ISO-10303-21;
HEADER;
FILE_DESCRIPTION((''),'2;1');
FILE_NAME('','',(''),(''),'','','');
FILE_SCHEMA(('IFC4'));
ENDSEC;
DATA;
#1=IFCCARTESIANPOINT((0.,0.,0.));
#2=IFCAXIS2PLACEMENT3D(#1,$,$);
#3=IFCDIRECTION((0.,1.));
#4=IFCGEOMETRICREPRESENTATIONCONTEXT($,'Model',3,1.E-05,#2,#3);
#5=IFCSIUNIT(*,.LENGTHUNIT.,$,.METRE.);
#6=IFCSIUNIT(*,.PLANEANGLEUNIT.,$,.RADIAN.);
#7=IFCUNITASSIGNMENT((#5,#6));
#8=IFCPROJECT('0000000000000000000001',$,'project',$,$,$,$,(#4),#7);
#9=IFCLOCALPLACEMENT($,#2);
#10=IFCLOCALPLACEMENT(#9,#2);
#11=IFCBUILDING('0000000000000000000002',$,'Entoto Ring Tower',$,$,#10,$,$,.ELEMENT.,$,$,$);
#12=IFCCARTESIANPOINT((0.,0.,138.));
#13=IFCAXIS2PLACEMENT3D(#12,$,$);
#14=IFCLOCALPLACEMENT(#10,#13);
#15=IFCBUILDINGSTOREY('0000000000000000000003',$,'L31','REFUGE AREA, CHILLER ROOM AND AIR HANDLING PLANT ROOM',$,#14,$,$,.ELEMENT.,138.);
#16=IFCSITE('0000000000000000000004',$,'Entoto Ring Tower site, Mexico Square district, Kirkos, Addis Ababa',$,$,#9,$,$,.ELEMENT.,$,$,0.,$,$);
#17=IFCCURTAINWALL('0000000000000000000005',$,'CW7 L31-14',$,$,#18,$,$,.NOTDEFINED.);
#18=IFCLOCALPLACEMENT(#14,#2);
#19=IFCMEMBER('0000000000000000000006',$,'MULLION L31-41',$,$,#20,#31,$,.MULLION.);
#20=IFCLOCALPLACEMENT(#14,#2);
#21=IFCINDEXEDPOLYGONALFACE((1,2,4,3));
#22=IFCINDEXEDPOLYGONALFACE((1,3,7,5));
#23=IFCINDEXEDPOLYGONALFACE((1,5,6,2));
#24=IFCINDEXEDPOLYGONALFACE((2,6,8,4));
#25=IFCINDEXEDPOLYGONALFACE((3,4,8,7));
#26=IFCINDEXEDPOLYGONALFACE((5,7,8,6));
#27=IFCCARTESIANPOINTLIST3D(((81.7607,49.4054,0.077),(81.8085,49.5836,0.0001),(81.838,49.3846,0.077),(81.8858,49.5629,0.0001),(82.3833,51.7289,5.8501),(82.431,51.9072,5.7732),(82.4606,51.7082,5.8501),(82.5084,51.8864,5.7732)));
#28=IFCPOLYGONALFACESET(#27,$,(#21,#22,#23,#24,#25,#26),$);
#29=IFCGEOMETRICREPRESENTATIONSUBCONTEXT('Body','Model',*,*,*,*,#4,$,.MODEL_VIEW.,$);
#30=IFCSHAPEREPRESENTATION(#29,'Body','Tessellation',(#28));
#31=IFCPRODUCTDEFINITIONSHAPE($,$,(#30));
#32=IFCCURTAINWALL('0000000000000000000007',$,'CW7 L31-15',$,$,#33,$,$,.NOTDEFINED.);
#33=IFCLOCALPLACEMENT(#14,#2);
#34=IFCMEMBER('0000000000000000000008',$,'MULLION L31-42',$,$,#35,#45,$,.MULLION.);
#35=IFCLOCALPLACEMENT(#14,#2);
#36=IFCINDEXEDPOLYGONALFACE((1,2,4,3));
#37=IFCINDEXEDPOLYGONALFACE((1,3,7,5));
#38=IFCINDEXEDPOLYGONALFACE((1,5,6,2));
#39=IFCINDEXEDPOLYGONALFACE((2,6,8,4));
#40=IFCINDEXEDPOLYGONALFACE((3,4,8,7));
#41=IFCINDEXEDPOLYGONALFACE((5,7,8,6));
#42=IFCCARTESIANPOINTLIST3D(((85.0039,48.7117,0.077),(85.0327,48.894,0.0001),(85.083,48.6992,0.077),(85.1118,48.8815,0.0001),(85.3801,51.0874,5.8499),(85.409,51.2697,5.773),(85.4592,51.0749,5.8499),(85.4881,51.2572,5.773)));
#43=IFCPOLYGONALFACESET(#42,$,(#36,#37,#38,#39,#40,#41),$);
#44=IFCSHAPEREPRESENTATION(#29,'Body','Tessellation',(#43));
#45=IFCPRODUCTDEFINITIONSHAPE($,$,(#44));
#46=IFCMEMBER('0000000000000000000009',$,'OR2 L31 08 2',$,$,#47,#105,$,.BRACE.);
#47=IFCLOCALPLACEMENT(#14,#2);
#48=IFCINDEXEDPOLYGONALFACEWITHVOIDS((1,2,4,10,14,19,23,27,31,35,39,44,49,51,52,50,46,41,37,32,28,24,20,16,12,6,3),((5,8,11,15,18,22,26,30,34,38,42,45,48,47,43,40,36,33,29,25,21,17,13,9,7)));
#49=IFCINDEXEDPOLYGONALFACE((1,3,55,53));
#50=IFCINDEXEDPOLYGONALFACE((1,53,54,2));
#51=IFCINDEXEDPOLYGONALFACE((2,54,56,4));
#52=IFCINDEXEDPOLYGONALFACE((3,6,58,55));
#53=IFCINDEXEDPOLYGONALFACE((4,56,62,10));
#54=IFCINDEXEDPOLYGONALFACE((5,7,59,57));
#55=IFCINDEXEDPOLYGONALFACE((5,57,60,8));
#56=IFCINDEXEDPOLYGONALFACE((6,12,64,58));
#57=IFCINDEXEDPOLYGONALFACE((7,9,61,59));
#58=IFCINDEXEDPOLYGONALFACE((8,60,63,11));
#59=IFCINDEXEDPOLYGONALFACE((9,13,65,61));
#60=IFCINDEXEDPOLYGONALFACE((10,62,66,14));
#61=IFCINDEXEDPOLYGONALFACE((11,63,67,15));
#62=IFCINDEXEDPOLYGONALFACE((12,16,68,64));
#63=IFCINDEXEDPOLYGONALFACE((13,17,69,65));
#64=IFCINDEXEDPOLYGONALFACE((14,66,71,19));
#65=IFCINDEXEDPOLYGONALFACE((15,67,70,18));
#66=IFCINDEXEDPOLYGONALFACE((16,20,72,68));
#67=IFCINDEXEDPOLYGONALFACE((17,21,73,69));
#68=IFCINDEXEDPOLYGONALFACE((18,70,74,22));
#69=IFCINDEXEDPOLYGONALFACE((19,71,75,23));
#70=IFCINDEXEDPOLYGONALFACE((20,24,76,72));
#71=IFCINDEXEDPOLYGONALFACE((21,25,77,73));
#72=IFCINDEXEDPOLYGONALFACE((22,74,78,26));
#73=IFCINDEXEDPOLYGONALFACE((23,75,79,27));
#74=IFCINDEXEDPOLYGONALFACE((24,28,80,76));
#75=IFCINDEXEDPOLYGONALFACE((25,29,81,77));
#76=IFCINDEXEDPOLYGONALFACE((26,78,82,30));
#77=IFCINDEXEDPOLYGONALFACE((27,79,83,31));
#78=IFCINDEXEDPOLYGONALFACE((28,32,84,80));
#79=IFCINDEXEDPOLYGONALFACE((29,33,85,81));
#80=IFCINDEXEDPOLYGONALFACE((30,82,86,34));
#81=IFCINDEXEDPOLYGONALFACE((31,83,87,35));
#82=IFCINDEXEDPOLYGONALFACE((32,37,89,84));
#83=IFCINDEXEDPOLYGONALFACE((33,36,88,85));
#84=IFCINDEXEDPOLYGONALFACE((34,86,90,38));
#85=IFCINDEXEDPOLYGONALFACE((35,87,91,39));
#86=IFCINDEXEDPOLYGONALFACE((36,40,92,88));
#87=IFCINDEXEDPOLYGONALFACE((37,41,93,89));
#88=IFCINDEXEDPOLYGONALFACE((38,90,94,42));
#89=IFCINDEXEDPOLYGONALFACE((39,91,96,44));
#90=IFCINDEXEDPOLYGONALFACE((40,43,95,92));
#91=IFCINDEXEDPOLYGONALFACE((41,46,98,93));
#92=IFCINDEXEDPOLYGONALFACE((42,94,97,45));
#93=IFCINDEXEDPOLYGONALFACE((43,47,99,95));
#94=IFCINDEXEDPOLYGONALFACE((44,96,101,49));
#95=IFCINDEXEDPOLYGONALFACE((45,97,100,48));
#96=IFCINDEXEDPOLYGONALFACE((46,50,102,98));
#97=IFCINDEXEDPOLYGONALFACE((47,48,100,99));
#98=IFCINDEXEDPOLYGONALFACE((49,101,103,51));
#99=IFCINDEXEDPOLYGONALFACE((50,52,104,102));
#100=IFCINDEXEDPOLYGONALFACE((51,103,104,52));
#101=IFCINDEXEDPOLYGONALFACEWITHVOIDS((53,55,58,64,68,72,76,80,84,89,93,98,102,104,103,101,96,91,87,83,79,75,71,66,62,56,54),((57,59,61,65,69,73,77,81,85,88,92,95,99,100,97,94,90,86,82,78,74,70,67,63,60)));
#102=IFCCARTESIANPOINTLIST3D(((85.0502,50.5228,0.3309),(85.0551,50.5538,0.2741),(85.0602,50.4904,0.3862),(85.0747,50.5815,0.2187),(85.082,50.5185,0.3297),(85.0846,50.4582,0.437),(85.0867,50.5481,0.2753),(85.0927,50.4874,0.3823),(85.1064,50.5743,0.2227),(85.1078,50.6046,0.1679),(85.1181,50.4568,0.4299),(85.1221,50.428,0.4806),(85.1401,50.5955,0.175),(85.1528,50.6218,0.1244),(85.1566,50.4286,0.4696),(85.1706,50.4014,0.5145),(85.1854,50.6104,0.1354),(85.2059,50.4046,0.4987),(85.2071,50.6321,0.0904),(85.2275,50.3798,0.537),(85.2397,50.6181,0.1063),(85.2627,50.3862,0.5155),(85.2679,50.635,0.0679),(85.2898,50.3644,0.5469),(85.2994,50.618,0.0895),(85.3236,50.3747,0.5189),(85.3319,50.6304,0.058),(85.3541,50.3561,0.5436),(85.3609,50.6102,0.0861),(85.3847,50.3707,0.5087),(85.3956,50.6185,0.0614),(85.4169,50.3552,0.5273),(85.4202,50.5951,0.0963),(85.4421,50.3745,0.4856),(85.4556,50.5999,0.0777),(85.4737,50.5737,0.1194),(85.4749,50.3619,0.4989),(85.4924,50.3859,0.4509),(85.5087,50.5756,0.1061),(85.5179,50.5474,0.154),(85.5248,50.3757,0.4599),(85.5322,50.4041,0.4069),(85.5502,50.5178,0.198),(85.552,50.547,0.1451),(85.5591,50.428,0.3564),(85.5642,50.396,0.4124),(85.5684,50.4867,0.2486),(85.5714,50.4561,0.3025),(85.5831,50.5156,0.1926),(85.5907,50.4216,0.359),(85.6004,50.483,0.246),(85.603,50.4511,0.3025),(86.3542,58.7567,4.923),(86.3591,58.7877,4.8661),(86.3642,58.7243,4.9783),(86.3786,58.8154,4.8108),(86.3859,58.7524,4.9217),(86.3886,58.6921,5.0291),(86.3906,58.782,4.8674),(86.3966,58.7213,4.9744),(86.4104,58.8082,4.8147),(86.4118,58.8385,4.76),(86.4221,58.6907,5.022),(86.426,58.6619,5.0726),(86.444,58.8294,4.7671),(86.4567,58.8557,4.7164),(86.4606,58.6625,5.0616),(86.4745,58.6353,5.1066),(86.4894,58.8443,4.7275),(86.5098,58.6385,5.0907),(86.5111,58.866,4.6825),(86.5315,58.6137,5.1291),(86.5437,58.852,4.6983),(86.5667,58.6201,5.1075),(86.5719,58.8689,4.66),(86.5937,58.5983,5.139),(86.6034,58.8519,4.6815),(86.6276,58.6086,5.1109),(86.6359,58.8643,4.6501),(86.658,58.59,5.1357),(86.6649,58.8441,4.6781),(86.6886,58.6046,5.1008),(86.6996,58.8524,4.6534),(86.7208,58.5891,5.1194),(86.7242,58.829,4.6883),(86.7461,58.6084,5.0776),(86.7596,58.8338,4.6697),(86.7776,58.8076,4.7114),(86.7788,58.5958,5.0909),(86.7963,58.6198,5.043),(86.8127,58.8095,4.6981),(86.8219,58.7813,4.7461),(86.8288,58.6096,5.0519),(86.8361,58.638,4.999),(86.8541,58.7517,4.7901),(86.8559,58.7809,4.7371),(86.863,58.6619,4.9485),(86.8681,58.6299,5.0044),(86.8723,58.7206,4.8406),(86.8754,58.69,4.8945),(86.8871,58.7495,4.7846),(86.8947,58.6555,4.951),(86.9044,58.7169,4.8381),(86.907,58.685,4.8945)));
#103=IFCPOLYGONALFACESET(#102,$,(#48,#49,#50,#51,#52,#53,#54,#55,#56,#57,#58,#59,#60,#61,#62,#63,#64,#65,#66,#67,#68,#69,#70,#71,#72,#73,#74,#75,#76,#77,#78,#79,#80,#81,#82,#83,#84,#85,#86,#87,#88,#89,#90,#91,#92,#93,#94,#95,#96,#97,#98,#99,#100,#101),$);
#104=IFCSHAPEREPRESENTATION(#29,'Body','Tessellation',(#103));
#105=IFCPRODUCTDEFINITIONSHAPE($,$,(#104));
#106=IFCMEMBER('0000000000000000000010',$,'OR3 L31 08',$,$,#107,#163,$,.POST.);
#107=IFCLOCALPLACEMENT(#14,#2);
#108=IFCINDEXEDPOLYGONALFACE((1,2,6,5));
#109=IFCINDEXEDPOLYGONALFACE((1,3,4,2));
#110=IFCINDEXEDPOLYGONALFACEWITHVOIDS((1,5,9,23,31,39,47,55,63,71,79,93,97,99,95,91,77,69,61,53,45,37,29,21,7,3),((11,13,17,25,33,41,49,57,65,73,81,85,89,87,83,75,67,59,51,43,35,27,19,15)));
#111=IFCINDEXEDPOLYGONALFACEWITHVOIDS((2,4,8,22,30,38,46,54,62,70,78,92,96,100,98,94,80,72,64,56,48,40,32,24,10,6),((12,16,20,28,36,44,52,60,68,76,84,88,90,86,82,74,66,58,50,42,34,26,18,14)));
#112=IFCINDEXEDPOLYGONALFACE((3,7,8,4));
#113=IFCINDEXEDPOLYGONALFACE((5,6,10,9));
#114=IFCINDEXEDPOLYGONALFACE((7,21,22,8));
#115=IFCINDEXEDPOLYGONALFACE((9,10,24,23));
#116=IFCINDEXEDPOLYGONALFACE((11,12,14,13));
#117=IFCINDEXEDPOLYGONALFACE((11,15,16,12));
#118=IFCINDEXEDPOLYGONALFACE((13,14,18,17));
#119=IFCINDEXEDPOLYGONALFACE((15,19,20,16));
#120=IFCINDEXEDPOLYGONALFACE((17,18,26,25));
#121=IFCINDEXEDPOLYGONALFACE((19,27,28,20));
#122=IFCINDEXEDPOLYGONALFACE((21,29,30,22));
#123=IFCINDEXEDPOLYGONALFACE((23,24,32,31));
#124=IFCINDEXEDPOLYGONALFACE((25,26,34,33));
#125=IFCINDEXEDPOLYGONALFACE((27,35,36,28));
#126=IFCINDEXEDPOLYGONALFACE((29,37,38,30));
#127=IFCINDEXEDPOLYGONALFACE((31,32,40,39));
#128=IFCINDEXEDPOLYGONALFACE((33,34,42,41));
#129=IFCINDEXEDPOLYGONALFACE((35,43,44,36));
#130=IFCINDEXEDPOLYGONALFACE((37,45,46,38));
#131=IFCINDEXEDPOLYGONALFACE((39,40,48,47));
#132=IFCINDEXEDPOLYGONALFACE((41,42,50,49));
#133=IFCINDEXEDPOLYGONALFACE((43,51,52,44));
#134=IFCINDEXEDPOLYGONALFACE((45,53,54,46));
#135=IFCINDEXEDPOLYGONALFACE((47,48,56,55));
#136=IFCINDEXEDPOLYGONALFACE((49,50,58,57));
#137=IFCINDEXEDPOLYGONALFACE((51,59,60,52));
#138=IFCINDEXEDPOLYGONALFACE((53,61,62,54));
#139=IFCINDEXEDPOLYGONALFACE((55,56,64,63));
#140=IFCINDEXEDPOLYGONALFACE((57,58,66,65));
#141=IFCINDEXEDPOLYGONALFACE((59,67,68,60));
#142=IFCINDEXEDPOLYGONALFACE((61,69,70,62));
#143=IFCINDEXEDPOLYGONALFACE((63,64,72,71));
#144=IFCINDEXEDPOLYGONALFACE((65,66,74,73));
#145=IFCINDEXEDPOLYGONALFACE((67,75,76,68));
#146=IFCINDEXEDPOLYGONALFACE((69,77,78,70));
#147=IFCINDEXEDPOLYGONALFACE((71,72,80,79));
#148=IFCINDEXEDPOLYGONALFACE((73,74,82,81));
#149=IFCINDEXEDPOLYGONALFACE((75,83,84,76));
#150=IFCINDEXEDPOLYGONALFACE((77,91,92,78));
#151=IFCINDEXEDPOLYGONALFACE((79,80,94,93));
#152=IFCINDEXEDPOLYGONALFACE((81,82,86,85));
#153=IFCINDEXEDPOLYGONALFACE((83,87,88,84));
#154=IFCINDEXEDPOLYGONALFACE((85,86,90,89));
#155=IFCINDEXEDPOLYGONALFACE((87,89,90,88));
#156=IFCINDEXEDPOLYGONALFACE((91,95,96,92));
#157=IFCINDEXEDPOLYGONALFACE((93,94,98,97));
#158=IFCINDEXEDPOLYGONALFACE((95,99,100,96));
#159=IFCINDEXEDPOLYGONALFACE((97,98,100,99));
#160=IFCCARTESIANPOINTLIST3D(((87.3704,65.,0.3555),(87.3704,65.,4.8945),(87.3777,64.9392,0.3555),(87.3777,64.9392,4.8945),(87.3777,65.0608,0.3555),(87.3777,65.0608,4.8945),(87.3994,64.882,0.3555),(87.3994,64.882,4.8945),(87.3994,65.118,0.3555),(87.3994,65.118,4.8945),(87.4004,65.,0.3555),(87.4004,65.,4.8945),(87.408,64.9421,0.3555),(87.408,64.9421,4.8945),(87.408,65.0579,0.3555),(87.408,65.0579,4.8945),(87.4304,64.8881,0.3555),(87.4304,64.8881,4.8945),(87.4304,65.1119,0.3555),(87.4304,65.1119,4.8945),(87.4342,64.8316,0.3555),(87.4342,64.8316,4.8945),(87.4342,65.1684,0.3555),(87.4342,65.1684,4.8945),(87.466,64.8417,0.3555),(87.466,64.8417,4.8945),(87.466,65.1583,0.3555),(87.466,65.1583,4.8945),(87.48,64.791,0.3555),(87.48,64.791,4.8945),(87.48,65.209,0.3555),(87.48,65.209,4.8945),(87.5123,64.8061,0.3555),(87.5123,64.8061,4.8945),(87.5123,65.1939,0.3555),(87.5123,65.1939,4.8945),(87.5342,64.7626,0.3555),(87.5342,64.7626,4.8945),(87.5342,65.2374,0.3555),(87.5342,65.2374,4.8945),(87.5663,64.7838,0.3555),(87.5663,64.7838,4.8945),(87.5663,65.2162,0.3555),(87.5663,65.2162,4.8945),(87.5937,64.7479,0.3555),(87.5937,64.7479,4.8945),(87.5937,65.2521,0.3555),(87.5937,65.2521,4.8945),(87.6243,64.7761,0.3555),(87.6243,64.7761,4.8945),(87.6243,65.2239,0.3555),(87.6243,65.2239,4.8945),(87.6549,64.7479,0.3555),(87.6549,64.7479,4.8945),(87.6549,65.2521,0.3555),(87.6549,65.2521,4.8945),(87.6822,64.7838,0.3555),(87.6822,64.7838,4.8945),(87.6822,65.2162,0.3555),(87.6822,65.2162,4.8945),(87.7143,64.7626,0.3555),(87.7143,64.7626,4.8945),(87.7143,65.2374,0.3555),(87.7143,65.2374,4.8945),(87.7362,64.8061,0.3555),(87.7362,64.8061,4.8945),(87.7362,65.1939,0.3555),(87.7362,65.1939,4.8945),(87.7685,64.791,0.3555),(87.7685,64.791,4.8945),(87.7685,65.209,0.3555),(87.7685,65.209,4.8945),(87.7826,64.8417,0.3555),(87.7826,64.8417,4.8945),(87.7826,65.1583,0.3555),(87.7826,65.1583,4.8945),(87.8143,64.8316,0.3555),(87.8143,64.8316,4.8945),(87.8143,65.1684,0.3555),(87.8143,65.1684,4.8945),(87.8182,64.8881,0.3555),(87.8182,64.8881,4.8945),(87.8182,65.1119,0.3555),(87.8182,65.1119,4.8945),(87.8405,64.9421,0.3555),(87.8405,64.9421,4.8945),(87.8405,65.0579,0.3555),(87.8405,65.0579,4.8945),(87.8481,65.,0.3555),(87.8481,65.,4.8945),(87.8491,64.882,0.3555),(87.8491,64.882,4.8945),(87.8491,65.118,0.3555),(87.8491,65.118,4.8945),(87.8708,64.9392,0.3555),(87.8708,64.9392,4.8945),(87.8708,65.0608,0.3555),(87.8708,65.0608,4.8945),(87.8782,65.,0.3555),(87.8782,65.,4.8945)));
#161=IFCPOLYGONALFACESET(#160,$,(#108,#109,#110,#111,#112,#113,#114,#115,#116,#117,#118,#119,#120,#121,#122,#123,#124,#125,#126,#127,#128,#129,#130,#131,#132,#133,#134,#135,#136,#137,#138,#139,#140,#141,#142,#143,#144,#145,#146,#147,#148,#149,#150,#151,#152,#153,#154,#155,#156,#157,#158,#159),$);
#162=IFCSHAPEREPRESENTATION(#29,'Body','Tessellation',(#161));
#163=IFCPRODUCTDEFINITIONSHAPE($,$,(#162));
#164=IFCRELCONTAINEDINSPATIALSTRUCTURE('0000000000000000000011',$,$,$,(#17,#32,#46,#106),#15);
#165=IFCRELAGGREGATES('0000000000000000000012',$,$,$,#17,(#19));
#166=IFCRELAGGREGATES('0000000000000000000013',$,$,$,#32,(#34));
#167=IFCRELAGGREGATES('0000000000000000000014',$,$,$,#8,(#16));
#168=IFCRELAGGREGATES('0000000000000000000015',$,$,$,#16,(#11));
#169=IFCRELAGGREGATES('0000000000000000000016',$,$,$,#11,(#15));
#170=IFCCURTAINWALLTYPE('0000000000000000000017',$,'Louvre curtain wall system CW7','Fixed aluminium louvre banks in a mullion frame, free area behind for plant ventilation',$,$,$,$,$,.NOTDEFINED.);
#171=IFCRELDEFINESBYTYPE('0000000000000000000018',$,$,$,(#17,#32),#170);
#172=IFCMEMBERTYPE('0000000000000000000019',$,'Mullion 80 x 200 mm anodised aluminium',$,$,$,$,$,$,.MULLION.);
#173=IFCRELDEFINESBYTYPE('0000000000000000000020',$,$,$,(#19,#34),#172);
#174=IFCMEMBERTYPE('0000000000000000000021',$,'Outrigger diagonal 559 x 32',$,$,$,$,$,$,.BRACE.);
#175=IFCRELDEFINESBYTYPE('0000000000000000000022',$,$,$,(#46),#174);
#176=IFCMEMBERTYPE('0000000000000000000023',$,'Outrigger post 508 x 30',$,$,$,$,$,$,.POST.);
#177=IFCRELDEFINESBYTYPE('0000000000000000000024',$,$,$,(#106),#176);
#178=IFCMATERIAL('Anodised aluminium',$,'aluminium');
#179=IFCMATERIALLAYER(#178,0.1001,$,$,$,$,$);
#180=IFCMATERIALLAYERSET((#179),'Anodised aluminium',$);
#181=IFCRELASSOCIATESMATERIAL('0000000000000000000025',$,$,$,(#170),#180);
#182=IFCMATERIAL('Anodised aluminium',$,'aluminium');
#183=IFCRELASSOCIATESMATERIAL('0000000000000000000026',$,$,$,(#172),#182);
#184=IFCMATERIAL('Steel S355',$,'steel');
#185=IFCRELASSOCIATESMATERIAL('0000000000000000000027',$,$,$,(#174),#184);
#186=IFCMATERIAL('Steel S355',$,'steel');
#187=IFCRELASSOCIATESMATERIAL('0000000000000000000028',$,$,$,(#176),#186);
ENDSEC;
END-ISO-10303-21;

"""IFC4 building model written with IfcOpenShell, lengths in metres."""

from ifc_helpers import new_model, si_unit, direction, frame, origin, origin_2d, place, context, subcontext, project, spatial, rectangle, circle, hollow_circle, extrude, material, layer, layer_set, material_profile, profile_set, type_object, element, aggregate, save


model = new_model("IFC4")

# Units and contexts
model_context = context("Model", 3, precision=1e-05, world=origin(), true_north=direction((0.0, 1.0)))
body_context = subcontext(model_context, "Body", "Model", "MODEL_VIEW")
ifc_project = project(units=[si_unit("LENGTHUNIT", "METRE"), si_unit("PLANEANGLEUNIT", "RADIAN")], contexts=[model_context])

# Site, building, storey
site_placement = place(None, origin())
site = spatial("IfcSite", under=ifc_project, at=site_placement, Name="Entoto Ring Tower site, Mexico Square district, Kirkos, Addis Ababa", CompositionType="ELEMENT", RefElevation=0.0)
building_placement = place(site_placement, origin())
building = spatial("IfcBuilding", under=site, at=building_placement, Name="Entoto Ring Tower", CompositionType="ELEMENT")
storey_placement = place(building_placement, frame((0.0, 0.0, 138.0)))
storey = spatial("IfcBuildingStorey", under=building, at=storey_placement, Name="L31", Description="REFUGE AREA, CHILLER ROOM AND AIR HANDLING PLANT ROOM", CompositionType="ELEMENT", Elevation=138.0)

# Curtain wall, member
ifc_material_1 = material(Name="Anodised aluminium", Category="aluminium")
ifc_layer_1 = layer(ifc_material_1, 0.1001)
ifc_layer_set_1 = layer_set([ifc_layer_1], Name="Anodised aluminium")
curtain_wall_type = type_object("IfcCurtainWallType", Name="Louvre curtain wall system CW7", Description="Fixed aluminium louvre banks in a mullion frame, free area behind for plant ventilation", PredefinedType="NOTDEFINED", material=ifc_layer_set_1)
curtain_wall_1_placement = place(storey_placement, origin())
curtain_wall_1 = element("IfcCurtainWall", 1, at=curtain_wall_1_placement, inside=storey, type_object=curtain_wall_type, Name="CW7 L31-14", PredefinedType="NOTDEFINED")
ifc_material_2 = material(Name="Anodised aluminium", Category="aluminium")
ifc_material_profile_1 = material_profile(ifc_material_2, rectangle(XDim=0.0801, YDim=0.2, at=origin_2d()), Name="Mullion 80 x 200 mm anodised aluminium")
ifc_profile_set_1 = profile_set([ifc_material_profile_1], Name="Anodised aluminium")
member_type_1 = type_object("IfcMemberType", Name="Mullion 80 x 200 mm anodised aluminium", PredefinedType="MULLION", material=ifc_profile_set_1)
member_1_placement = place(storey_placement, frame((81.8232, 49.4841, 0.0386), z_axis=(0.099545, 0.371517, 0.923074), x_axis=(-0.965928, 0.258812, 0.0)))
member_1 = element("IfcMember", 2, at=member_1_placement, type_object=member_type_1, Name="MULLION L31-41", PredefinedType="MULLION", context=body_context, shape_type="SweptSolid", body=[
    extrude(rectangle(XDim=0.0801, YDim=0.2, at=origin_2d()), origin(), (0.0, 0.0, 1.0), 6.2542),
])
aggregate(curtain_wall_1, [member_1])

# Curtain wall, member
curtain_wall_2_placement = place(storey_placement, origin())
curtain_wall_2 = element("IfcCurtainWall", 3, at=curtain_wall_2_placement, inside=storey, type_object=curtain_wall_type, Name="CW7 L31-15", PredefinedType="NOTDEFINED")
member_2_placement = place(storey_placement, frame((85.0579, 48.7966, 0.0386), z_axis=(0.060157, 0.379874, 0.92308), x_axis=(-0.987692, 0.156411, 0.0)))
member_2 = element("IfcMember", 4, at=member_2_placement, type_object=member_type_1, Name="MULLION L31-42", PredefinedType="MULLION", context=body_context, shape_type="SweptSolid", body=[
    extrude(rectangle(XDim=0.0801, YDim=0.2, at=origin_2d()), origin(), (0.0, 0.0, 1.0), 6.2539),
])
aggregate(curtain_wall_2, [member_2])

# Members
ifc_material_3 = material(Name="Steel S355", Category="steel")
ifc_material_profile_2 = material_profile(ifc_material_3, hollow_circle(Radius=0.2795, WallThickness=0.032, at=origin_2d()), Name="CHS 559 x 32")
ifc_material_4 = material(Name="Concrete C60/75", Category="concrete")
ifc_material_profile_3 = material_profile(ifc_material_4, circle(Radius=0.2476, at=origin_2d()), Name="Concrete C60/75 infill")
ifc_profile_set_2 = profile_set([ifc_material_profile_2, ifc_material_profile_3], Name="Steel S355")
member_type_2 = type_object("IfcMemberType", Name="Outrigger diagonal 559 x 32", PredefinedType="BRACE", material=ifc_profile_set_2)
member_3_placement = place(storey_placement, frame((86.6309, 58.7288, 4.8945), z_axis=(-0.137005, -0.865125, -0.482481), x_axis=(0.987691, -0.156415, 0.0)))
element("IfcMember", 5, at=member_3_placement, inside=storey, type_object=member_type_2, Name="OR2 L31 08 2", PredefinedType="BRACE", context=body_context, shape_type="SweptSolid", body=[
    extrude(hollow_circle(Radius=0.2795, WallThickness=0.032, at=origin_2d()), origin(), (0.0, 0.0, 1.0), 9.5176),
])
ifc_material_5 = material(Name="Steel S355", Category="steel")
ifc_material_profile_4 = material_profile(ifc_material_5, hollow_circle(Radius=0.2539, WallThickness=0.03, at=origin_2d()), Name="CHS 508 x 30")
ifc_material_6 = material(Name="Concrete C60/75", Category="concrete")
ifc_material_profile_5 = material_profile(ifc_material_6, circle(Radius=0.2241, at=origin_2d()), Name="Concrete C60/75 infill")
ifc_profile_set_3 = profile_set([ifc_material_profile_4, ifc_material_profile_5], Name="Steel S355")
member_type_3 = type_object("IfcMemberType", Name="Outrigger post 508 x 30", PredefinedType="POST", material=ifc_profile_set_3)
member_4_placement = place(storey_placement, frame((87.6243, 65.0, 0.3555), z_axis=(0.0, 0.0, 1.0), x_axis=(1.0, 0.0, 0.0)))
element("IfcMember", 6, at=member_4_placement, inside=storey, type_object=member_type_3, Name="OR3 L31 08", PredefinedType="POST", context=body_context, shape_type="SweptSolid", body=[
    extrude(hollow_circle(Radius=0.2539, WallThickness=0.03, at=origin_2d()), origin(), (0.0, 0.0, 1.0), 4.5391),
])

save(model, "model.ifc")
